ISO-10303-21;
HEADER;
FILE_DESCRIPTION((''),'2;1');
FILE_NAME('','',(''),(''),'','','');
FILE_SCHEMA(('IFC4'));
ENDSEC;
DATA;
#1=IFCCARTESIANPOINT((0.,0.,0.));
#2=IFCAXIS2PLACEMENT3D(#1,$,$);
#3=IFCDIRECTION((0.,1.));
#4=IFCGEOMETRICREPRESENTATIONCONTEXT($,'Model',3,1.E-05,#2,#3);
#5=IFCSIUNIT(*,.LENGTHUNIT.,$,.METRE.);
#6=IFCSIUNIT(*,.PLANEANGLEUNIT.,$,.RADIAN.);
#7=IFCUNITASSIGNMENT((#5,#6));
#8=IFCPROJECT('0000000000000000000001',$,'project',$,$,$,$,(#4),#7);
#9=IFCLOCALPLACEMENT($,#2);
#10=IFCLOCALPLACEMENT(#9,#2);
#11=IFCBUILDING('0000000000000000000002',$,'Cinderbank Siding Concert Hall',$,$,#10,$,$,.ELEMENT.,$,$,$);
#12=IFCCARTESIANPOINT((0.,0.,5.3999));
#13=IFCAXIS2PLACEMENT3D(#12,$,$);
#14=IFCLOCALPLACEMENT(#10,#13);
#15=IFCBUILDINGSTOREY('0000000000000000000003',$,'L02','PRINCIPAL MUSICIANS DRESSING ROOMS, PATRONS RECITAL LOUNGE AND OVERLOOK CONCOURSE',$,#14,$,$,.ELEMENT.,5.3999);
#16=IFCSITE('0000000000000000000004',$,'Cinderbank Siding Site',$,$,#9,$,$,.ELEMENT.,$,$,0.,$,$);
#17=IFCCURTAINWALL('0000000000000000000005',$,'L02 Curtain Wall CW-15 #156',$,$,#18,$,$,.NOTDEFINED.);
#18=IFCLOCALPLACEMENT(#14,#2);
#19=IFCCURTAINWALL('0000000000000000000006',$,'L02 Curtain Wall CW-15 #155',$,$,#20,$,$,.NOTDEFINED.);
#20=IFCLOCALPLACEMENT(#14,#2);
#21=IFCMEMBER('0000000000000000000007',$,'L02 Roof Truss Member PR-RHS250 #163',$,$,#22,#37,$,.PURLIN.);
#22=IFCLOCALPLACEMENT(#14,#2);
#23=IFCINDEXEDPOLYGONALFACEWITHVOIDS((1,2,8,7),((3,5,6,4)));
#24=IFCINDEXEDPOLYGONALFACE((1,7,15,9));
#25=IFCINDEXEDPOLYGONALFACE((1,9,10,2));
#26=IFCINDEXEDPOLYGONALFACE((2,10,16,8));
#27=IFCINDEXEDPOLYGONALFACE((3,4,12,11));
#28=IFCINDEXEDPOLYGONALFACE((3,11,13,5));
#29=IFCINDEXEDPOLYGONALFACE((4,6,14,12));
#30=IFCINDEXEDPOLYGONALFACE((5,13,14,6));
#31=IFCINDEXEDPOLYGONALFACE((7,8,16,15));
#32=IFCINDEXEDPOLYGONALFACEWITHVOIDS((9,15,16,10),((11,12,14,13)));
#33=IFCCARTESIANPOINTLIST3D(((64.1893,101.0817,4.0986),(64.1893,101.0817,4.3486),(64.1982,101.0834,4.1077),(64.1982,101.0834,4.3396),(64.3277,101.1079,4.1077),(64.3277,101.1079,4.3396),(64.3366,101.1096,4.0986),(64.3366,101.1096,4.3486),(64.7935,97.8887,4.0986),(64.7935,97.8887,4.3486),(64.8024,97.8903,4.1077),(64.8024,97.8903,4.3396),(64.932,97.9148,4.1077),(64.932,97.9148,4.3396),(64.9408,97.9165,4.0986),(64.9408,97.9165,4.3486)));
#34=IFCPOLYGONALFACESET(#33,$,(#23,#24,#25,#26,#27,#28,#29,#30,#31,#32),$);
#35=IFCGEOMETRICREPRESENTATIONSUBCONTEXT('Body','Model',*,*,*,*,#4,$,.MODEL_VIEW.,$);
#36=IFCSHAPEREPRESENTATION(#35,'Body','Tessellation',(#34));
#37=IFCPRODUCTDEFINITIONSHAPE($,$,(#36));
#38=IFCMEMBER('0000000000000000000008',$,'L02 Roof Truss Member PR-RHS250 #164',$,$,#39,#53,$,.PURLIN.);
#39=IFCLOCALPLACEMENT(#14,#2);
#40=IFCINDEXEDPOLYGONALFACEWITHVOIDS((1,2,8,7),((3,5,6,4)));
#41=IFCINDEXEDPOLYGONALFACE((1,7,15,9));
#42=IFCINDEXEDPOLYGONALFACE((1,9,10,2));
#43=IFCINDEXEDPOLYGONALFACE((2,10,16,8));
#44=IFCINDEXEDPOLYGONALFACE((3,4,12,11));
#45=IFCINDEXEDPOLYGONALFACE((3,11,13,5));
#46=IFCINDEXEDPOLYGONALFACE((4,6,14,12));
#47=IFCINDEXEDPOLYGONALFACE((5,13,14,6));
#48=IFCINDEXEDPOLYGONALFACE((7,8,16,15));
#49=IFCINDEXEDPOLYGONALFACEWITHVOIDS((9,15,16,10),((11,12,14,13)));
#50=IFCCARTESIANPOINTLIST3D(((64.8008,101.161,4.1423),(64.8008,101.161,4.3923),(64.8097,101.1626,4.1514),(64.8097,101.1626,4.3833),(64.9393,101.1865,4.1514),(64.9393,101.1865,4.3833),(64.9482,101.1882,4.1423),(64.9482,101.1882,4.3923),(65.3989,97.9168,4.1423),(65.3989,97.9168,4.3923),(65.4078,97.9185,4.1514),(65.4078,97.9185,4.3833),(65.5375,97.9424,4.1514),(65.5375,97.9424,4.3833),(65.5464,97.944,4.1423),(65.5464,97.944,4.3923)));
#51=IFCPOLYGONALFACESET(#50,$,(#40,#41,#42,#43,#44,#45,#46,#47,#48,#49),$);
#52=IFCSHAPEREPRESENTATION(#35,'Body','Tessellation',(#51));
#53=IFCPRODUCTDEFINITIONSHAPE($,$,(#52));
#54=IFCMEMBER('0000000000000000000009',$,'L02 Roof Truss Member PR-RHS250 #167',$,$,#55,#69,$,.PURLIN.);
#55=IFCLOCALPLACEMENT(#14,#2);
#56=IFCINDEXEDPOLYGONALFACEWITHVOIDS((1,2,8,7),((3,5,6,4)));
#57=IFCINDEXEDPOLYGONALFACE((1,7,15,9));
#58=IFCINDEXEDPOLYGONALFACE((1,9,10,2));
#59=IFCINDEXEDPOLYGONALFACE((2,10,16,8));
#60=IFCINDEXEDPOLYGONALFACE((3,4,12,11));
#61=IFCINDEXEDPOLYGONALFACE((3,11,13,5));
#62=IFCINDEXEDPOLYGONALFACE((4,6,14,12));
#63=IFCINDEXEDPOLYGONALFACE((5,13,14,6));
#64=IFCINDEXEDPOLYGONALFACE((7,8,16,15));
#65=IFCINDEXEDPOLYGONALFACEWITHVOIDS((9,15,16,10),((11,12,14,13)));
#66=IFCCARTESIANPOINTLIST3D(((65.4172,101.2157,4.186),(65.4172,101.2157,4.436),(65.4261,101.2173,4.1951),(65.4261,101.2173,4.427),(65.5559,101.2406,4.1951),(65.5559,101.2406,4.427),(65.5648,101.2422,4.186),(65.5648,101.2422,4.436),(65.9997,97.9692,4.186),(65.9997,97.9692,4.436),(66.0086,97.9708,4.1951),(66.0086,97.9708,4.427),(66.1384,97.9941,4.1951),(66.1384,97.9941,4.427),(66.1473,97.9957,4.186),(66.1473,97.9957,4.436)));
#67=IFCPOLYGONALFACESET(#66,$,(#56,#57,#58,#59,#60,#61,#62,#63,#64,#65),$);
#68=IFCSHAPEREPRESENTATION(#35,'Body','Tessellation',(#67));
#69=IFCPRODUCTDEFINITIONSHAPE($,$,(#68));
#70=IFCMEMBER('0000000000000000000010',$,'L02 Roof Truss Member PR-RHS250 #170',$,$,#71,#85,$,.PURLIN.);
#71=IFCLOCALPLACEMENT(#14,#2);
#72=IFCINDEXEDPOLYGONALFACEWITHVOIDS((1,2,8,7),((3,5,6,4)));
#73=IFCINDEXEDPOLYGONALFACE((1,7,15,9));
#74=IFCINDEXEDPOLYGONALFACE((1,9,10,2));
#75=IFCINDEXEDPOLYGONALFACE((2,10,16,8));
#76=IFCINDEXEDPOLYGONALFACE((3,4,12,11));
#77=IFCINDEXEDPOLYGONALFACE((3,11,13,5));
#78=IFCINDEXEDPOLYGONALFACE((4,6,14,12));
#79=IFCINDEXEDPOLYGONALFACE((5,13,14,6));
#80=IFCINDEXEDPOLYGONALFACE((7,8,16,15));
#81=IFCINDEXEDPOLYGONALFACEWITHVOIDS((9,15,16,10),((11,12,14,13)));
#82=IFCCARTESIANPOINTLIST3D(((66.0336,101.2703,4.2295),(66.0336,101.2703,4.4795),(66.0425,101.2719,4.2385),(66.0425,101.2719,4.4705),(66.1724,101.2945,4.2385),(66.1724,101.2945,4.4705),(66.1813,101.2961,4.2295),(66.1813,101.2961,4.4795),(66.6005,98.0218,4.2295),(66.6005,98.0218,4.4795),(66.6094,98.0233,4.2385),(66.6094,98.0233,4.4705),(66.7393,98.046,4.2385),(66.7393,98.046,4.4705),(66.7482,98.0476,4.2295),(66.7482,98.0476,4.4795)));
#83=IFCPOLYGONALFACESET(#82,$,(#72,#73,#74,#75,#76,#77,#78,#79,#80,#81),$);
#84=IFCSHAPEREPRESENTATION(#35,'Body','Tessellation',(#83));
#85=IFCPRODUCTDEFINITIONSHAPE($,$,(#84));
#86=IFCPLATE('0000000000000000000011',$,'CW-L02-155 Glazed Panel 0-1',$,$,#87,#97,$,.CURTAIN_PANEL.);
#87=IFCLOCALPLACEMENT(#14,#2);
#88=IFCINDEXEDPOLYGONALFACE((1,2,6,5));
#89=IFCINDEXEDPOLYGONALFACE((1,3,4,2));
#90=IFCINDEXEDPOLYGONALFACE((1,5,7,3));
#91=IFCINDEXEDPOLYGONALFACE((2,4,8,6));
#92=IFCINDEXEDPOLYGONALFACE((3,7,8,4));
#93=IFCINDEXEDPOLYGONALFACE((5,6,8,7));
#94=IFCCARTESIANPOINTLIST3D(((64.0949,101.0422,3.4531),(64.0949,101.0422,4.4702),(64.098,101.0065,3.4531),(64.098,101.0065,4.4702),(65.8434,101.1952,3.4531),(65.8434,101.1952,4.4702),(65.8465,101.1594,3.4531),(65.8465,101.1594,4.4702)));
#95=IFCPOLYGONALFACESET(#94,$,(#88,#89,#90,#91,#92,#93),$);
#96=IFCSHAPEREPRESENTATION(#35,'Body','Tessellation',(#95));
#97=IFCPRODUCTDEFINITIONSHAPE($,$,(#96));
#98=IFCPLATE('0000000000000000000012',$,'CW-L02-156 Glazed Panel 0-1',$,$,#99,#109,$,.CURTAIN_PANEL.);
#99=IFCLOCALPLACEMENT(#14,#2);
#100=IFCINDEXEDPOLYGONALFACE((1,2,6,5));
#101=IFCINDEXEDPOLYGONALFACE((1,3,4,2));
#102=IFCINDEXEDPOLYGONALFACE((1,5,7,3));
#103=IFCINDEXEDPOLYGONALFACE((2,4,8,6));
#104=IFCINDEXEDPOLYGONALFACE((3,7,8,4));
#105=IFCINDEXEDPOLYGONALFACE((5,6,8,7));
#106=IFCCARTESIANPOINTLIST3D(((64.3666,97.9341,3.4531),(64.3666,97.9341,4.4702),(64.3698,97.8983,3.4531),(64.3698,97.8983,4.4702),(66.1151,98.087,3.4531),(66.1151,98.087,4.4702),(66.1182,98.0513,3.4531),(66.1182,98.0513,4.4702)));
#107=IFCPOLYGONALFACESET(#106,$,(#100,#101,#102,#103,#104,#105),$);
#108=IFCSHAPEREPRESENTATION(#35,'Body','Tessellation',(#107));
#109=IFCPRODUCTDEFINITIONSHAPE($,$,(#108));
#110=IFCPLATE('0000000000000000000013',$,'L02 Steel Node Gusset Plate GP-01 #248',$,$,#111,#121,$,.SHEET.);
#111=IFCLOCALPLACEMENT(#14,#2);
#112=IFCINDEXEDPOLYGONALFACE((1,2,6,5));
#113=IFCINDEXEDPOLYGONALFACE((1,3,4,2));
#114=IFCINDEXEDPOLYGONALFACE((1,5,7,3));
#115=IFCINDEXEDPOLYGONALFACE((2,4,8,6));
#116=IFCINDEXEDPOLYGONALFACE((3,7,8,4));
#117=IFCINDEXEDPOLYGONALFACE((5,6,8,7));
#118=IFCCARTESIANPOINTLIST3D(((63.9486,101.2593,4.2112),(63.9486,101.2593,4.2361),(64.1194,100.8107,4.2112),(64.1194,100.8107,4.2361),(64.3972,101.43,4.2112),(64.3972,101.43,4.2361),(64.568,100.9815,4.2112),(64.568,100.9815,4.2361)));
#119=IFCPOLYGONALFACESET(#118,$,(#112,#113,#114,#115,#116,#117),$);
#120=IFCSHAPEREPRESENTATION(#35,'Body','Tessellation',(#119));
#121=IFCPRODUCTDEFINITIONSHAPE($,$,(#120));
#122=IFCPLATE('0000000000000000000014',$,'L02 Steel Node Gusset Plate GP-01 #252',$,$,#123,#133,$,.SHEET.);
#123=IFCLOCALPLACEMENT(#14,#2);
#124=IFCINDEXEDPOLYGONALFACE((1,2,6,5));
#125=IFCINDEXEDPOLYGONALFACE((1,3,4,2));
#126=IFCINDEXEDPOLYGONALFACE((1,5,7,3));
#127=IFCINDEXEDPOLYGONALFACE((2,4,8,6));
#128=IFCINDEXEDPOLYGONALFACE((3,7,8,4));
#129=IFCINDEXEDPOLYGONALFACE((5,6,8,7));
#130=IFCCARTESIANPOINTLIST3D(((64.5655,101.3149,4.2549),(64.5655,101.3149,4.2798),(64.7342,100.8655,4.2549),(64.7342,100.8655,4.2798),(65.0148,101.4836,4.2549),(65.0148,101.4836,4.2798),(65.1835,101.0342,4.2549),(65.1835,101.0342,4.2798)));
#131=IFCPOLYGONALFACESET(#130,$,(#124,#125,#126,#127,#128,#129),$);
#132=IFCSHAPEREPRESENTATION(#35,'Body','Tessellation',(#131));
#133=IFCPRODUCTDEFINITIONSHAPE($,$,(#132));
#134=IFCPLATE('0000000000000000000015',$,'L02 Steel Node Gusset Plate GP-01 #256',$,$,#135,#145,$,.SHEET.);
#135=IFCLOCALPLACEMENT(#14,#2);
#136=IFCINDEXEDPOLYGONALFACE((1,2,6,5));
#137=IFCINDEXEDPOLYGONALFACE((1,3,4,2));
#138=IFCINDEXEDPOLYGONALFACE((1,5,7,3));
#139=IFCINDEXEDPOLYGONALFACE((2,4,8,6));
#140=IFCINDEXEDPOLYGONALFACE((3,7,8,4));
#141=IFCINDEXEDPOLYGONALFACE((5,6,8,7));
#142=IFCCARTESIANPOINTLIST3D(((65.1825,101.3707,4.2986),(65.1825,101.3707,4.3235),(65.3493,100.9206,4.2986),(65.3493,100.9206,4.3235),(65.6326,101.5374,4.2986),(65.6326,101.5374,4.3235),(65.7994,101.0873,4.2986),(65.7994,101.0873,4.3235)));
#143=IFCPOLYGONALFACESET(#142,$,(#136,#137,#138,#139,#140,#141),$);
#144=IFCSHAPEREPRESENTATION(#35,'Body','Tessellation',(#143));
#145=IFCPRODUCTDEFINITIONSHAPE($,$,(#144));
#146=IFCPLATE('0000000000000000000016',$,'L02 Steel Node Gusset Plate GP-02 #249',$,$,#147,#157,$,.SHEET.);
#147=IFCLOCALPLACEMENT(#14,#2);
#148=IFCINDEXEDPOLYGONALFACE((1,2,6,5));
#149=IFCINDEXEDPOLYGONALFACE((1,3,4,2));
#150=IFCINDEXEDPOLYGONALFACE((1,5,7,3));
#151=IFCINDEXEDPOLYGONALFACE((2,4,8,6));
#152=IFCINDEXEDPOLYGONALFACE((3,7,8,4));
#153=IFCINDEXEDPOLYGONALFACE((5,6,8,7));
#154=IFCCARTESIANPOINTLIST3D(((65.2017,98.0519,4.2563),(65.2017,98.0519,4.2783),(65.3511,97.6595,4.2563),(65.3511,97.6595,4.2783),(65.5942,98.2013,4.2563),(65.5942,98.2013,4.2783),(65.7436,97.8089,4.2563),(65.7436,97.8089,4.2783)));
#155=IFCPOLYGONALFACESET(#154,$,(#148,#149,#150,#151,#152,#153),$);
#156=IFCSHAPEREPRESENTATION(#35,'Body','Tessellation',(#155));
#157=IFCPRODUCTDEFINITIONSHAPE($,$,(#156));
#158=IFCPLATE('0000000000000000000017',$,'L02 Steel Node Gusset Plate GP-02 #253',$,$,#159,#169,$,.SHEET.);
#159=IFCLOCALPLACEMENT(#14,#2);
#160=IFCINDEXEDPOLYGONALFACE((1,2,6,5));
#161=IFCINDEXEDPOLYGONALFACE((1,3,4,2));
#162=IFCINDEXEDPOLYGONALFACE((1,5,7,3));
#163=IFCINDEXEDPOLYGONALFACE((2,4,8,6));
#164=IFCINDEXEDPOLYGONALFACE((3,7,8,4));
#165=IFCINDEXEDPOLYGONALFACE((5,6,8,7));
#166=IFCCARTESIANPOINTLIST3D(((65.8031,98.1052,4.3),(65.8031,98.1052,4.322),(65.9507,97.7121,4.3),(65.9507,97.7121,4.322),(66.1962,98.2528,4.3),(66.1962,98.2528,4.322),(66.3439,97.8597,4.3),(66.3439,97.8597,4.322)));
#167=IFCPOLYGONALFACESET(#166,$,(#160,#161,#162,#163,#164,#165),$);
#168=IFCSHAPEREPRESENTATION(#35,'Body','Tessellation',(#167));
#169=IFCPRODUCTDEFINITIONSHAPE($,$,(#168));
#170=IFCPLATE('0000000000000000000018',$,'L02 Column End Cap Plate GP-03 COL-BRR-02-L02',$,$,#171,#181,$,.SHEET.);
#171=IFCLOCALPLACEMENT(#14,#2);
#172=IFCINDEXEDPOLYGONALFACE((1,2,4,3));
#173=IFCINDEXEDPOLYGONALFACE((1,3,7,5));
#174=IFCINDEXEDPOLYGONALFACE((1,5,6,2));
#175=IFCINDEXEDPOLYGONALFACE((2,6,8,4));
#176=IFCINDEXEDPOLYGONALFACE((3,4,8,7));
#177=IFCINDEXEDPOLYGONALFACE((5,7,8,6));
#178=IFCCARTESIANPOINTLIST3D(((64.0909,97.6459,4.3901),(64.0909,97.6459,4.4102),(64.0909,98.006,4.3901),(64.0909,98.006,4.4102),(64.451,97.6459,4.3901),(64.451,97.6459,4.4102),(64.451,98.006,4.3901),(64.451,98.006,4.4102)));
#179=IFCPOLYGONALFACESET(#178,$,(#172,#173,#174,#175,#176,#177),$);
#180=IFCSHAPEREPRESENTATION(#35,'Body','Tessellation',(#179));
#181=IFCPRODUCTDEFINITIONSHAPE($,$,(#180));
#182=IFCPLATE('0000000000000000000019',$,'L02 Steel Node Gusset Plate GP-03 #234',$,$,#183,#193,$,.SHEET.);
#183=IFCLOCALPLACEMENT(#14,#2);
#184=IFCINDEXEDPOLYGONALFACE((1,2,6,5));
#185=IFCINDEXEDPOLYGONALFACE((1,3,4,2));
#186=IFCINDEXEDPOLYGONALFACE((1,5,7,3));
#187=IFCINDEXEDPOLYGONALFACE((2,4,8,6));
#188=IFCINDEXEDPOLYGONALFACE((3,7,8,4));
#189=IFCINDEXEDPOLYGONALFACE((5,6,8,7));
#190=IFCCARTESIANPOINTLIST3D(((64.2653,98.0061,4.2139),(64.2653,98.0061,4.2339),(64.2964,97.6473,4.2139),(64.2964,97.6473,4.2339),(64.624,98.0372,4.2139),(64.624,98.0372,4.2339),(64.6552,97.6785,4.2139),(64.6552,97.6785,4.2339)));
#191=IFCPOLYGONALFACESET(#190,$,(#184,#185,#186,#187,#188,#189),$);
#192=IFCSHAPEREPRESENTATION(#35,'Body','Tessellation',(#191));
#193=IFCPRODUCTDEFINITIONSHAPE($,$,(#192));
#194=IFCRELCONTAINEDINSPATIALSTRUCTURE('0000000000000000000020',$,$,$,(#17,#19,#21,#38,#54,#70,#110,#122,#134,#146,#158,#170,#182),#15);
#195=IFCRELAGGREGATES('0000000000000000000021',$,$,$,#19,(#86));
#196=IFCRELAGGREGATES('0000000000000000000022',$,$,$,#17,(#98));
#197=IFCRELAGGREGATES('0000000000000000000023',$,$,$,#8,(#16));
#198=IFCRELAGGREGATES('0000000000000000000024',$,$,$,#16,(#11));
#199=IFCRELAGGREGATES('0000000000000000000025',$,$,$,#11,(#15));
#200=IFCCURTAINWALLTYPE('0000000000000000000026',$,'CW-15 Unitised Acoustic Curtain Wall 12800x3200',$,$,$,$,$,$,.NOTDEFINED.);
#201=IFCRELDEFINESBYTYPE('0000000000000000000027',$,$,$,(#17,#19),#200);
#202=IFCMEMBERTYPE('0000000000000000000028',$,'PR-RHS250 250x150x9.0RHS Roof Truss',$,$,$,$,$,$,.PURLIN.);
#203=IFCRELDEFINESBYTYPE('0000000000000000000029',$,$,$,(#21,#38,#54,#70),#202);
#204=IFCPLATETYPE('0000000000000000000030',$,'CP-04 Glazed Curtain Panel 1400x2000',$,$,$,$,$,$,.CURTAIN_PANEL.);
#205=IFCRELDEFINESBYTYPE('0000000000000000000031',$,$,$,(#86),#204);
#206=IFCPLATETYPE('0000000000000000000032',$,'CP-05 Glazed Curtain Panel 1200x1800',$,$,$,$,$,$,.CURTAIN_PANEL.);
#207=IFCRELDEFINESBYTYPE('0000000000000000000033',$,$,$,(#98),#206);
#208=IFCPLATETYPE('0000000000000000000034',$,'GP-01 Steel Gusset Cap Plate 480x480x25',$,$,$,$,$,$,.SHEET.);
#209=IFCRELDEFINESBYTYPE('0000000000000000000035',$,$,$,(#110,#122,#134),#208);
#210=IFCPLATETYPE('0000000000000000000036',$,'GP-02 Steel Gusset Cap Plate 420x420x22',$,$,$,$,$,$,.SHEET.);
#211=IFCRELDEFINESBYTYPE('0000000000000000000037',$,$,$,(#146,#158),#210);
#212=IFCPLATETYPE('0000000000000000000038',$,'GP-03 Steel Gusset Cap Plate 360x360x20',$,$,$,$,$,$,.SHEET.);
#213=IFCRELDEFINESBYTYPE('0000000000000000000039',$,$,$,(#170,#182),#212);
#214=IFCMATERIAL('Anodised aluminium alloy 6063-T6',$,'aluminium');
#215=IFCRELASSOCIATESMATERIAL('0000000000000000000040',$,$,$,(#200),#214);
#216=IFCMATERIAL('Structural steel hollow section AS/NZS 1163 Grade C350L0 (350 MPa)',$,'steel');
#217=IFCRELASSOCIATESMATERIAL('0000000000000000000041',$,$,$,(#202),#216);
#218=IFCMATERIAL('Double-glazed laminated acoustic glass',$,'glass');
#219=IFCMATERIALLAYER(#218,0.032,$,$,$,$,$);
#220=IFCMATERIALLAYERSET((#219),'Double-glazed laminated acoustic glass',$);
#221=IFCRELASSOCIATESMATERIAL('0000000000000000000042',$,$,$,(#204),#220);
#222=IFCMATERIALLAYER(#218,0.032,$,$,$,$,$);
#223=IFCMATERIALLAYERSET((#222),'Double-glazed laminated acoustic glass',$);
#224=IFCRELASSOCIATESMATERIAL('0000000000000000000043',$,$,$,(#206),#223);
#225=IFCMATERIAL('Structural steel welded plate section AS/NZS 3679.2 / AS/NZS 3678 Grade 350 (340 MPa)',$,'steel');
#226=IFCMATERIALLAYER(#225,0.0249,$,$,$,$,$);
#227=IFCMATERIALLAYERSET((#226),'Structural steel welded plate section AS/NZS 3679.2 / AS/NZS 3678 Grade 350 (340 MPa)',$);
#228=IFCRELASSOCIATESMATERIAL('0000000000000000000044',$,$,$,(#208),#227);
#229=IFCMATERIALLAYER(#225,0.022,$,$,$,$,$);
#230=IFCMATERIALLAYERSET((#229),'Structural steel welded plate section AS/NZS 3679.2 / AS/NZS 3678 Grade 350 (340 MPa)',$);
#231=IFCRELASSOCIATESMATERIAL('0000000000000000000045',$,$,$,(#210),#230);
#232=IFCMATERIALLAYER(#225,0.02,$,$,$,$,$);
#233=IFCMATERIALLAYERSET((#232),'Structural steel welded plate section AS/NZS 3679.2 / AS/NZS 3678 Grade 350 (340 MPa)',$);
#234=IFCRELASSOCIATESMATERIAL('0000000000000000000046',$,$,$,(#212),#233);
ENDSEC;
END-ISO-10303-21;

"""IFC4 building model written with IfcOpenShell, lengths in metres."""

from ifc_helpers import new_model, si_unit, direction, frame, origin, origin_2d, place, context, subcontext, project, spatial, rectangle, hollow_rectangle, extrude, material, layer, layer_set, material_profile, profile_set, type_object, element, aggregate, save


model = new_model("IFC4")

# Units and contexts
model_context = context("Model", 3, precision=1e-05, world=origin(), true_north=direction((0.0, 1.0)))
body_context = subcontext(model_context, "Body", "Model", "MODEL_VIEW")
ifc_project = project(units=[si_unit("LENGTHUNIT", "METRE"), si_unit("PLANEANGLEUNIT", "RADIAN")], contexts=[model_context])

# Site, building, storey
site_placement = place(None, origin())
site = spatial("IfcSite", under=ifc_project, at=site_placement, Name="Cinderbank Siding Site", CompositionType="ELEMENT", RefElevation=0.0)
building_placement = place(site_placement, origin())
building = spatial("IfcBuilding", under=site, at=building_placement, Name="Cinderbank Siding Concert Hall", CompositionType="ELEMENT")
storey_placement = place(building_placement, frame((0.0, 0.0, 5.3999)))
storey = spatial("IfcBuildingStorey", under=building, at=storey_placement, Name="L02", Description="PRINCIPAL MUSICIANS DRESSING ROOMS, PATRONS RECITAL LOUNGE AND OVERLOOK CONCOURSE", CompositionType="ELEMENT", Elevation=5.3999)

# Shared definitions
ifc_material_1 = material(Name="Structural steel hollow section AS/NZS 1163 Grade C350L0 (350 MPa)", Category="steel")

# Curtain walls
ifc_material_2 = material(Name="Anodised aluminium alloy 6063-T6", Category="aluminium")
curtain_wall_type = type_object("IfcCurtainWallType", Name="CW-15 Unitised Acoustic Curtain Wall 12800x3200", PredefinedType="NOTDEFINED", material=ifc_material_2)
curtain_wall_1_placement = place(storey_placement, origin())
curtain_wall_1 = element("IfcCurtainWall", 1, at=curtain_wall_1_placement, inside=storey, type_object=curtain_wall_type, Name="L02 Curtain Wall CW-15 #156", PredefinedType="NOTDEFINED")
curtain_wall_2_placement = place(storey_placement, origin())
curtain_wall_2 = element("IfcCurtainWall", 2, at=curtain_wall_2_placement, inside=storey, type_object=curtain_wall_type, Name="L02 Curtain Wall CW-15 #155", PredefinedType="NOTDEFINED")

# Members
ifc_material_profile_1 = material_profile(ifc_material_1, hollow_rectangle(XDim=0.1499, YDim=0.25, WallThickness=0.009, at=origin_2d()), Name="250x150x9.0RHS", Category="LoadBearing")
ifc_profile_set_1 = profile_set([ifc_material_profile_1], Name="Structural steel hollow section AS/NZS 1163 Grade C350L0 (350 MPa)")
member_type_1 = type_object("IfcMemberType", Name="PR-RHS250 250x150x9.0RHS Roof Truss", PredefinedType="PURLIN", material=ifc_profile_set_1)
member_1_placement = place(storey_placement, frame((64.8672, 97.9026, 4.2236), z_axis=(-0.185935, 0.982562, 0.0), x_axis=(-0.982562, -0.185935, 0.0)))
element("IfcMember", 3, at=member_1_placement, inside=storey, type_object=member_type_1, Name="L02 Roof Truss Member PR-RHS250 #163", PredefinedType="PURLIN", context=body_context, shape_type="SweptSolid", body=[
    extrude(hollow_rectangle(XDim=0.1499, YDim=0.25, WallThickness=0.009, at=origin_2d()), origin(), (0.0, 0.0, 1.0), 3.2498),
])
member_2_placement = place(storey_placement, frame((65.4727, 97.9304, 4.2673), z_axis=(-0.181321, 0.983424, 0.0), x_axis=(-0.983424, -0.181321, 0.0)))
element("IfcMember", 4, at=member_2_placement, inside=storey, type_object=member_type_1, Name="L02 Roof Truss Member PR-RHS250 #164", PredefinedType="PURLIN", context=body_context, shape_type="SweptSolid", body=[
    extrude(hollow_rectangle(XDim=0.1499, YDim=0.25, WallThickness=0.009, at=origin_2d()), origin(), (0.0, 0.0, 1.0), 3.2988),
])
member_3_placement = place(storey_placement, frame((66.0735, 97.9824, 4.311), z_axis=(-0.176605, 0.984282, 0.0), x_axis=(-0.984282, -0.176605, 0.0)))
element("IfcMember", 5, at=member_3_placement, inside=storey, type_object=member_type_1, Name="L02 Roof Truss Member PR-RHS250 #167", PredefinedType="PURLIN", context=body_context, shape_type="SweptSolid", body=[
    extrude(hollow_rectangle(XDim=0.1499, YDim=0.25, WallThickness=0.009, at=origin_2d()), origin(), (0.0, 0.0, 1.0), 3.2983),
])
member_4_placement = place(storey_placement, frame((66.6743, 98.0347, 4.3545), z_axis=(-0.17191, 0.985113, 0.0), x_axis=(-0.985113, -0.17191, 0.0)))
element("IfcMember", 6, at=member_4_placement, inside=storey, type_object=member_type_1, Name="L02 Roof Truss Member PR-RHS250 #170", PredefinedType="PURLIN", context=body_context, shape_type="SweptSolid", body=[
    extrude(hollow_rectangle(XDim=0.1499, YDim=0.25, WallThickness=0.009, at=origin_2d()), origin(), (0.0, 0.0, 1.0), 3.2976),
])

# Plates
ifc_material_3 = material(Name="Double-glazed laminated acoustic glass", Category="glass")
ifc_layer_1 = layer(ifc_material_3, 0.032)
ifc_layer_set_1 = layer_set([ifc_layer_1], Name="Double-glazed laminated acoustic glass")
plate_type_1 = type_object("IfcPlateType", Name="CP-04 Glazed Curtain Panel 1400x2000", PredefinedType="CURTAIN_PANEL", material=ifc_layer_set_1)
plate_1_placement = place(storey_placement, frame((64.9707, 101.1008, 3.4531), z_axis=(0.0, 0.0, 1.0), x_axis=(0.996195, 0.087157, 0.0)))
plate_1 = element("IfcPlate", 7, at=plate_1_placement, type_object=plate_type_1, Name="CW-L02-155 Glazed Panel 0-1", PredefinedType="CURTAIN_PANEL", context=body_context, shape_type="SweptSolid", body=[
    extrude(rectangle(XDim=1.7551, YDim=0.0359, at=origin_2d()), origin(), (0.0, 0.0, 1.0), 1.0171),
])
aggregate(curtain_wall_2, [plate_1])
ifc_layer_2 = layer(ifc_material_3, 0.032)
ifc_layer_set_2 = layer_set([ifc_layer_2], Name="Double-glazed laminated acoustic glass")
plate_type_2 = type_object("IfcPlateType", Name="CP-05 Glazed Curtain Panel 1200x1800", PredefinedType="CURTAIN_PANEL", material=ifc_layer_set_2)
plate_2_placement = place(storey_placement, frame((65.2424, 97.9927, 3.4531), z_axis=(0.0, 0.0, 1.0), x_axis=(0.996195, 0.087157, 0.0)))
plate_2 = element("IfcPlate", 8, at=plate_2_placement, type_object=plate_type_2, Name="CW-L02-156 Glazed Panel 0-1", PredefinedType="CURTAIN_PANEL", context=body_context, shape_type="SweptSolid", body=[
    extrude(rectangle(XDim=1.7551, YDim=0.0359, at=origin_2d()), origin(), (0.0, 0.0, 1.0), 1.0171),
])
aggregate(curtain_wall_1, [plate_2])

# Plates
ifc_material_4 = material(Name="Structural steel welded plate section AS/NZS 3679.2 / AS/NZS 3678 Grade 350 (340 MPa)", Category="steel")
ifc_layer_3 = layer(ifc_material_4, 0.0249)
ifc_layer_set_3 = layer_set([ifc_layer_3], Name="Structural steel welded plate section AS/NZS 3679.2 / AS/NZS 3678 Grade 350 (340 MPa)")
plate_type_3 = type_object("IfcPlateType", Name="GP-01 Steel Gusset Cap Plate 480x480x25", PredefinedType="SHEET", material=ifc_layer_set_3)
for number, where, z_axis, x_axis, name in (
    (9, (64.2583, 101.1204, 4.2112), (0.0, 0.0, 1.0), (0.35576, -0.934578, 0.0), "L02 Steel Node Gusset Plate GP-01 #248"),
    (10, (64.8745, 101.1746, 4.2549), (0.0, 0.0, 1.0), (0.351515, -0.936182, 0.0), "L02 Steel Node Gusset Plate GP-01 #252"),
    (11, (65.491, 101.229, 4.2986), (0.0, 0.0, 1.0), (0.347427, -0.937707, 0.0), "L02 Steel Node Gusset Plate GP-01 #256"),
):
    element("IfcPlate", number, at=place(storey_placement, frame(where, z_axis=z_axis, x_axis=x_axis)), inside=storey, type_object=plate_type_3, Name=name, PredefinedType="SHEET", context=body_context, shape_type="SweptSolid", body=[
        extrude(rectangle(XDim=0.48, YDim=0.48, at=origin_2d()), origin(), (0.0, 0.0, 1.0), 0.0249),
    ])
ifc_layer_4 = layer(ifc_material_4, 0.022)
ifc_layer_set_4 = layer_set([ifc_layer_4], Name="Structural steel welded plate section AS/NZS 3679.2 / AS/NZS 3678 Grade 350 (340 MPa)")
plate_type_4 = type_object("IfcPlateType", Name="GP-02 Steel Gusset Cap Plate 420x420x22", PredefinedType="SHEET", material=ifc_layer_set_4)
for number, where, z_axis, x_axis, name in (
    (12, (65.4727, 97.9304, 4.2563), (0.0, 0.0, 1.0), (0.35576, -0.934578, 0.0), "L02 Steel Node Gusset Plate GP-02 #249"),
    (13, (66.0735, 97.9824, 4.3), (0.0, 0.0, 1.0), (0.351515, -0.936182, 0.0), "L02 Steel Node Gusset Plate GP-02 #253"),
):
    element("IfcPlate", number, at=place(storey_placement, frame(where, z_axis=z_axis, x_axis=x_axis)), inside=storey, type_object=plate_type_4, Name=name, PredefinedType="SHEET", context=body_context, shape_type="SweptSolid", body=[
        extrude(rectangle(XDim=0.4199, YDim=0.4199, at=origin_2d()), origin(), (0.0, 0.0, 1.0), 0.022),
    ])
ifc_layer_5 = layer(ifc_material_4, 0.02)
ifc_layer_set_5 = layer_set([ifc_layer_5], Name="Structural steel welded plate section AS/NZS 3679.2 / AS/NZS 3678 Grade 350 (340 MPa)")
plate_type_5 = type_object("IfcPlateType", Name="GP-03 Steel Gusset Cap Plate 360x360x20", PredefinedType="SHEET", material=ifc_layer_set_5)
for number, where, z_axis, x_axis, name in (
    (14, (64.271, 97.8259, 4.3901), (0.0, 0.0, 1.0), (1.0, 0.0, 0.0), "L02 Column End Cap Plate GP-03 COL-BRR-02-L02"),
    (15, (64.4602, 97.8423, 4.2139), (0.0, 0.0, 1.0), (0.996255, 0.08646, 0.0), "L02 Steel Node Gusset Plate GP-03 #234"),
):
    element("IfcPlate", number, at=place(storey_placement, frame(where, z_axis=z_axis, x_axis=x_axis)), inside=storey, type_object=plate_type_5, Name=name, PredefinedType="SHEET", context=body_context, shape_type="SweptSolid", body=[
        extrude(rectangle(XDim=0.3601, YDim=0.3601, at=origin_2d()), origin(), (0.0, 0.0, 1.0), 0.02),
    ])

save(model, "model.ifc")
